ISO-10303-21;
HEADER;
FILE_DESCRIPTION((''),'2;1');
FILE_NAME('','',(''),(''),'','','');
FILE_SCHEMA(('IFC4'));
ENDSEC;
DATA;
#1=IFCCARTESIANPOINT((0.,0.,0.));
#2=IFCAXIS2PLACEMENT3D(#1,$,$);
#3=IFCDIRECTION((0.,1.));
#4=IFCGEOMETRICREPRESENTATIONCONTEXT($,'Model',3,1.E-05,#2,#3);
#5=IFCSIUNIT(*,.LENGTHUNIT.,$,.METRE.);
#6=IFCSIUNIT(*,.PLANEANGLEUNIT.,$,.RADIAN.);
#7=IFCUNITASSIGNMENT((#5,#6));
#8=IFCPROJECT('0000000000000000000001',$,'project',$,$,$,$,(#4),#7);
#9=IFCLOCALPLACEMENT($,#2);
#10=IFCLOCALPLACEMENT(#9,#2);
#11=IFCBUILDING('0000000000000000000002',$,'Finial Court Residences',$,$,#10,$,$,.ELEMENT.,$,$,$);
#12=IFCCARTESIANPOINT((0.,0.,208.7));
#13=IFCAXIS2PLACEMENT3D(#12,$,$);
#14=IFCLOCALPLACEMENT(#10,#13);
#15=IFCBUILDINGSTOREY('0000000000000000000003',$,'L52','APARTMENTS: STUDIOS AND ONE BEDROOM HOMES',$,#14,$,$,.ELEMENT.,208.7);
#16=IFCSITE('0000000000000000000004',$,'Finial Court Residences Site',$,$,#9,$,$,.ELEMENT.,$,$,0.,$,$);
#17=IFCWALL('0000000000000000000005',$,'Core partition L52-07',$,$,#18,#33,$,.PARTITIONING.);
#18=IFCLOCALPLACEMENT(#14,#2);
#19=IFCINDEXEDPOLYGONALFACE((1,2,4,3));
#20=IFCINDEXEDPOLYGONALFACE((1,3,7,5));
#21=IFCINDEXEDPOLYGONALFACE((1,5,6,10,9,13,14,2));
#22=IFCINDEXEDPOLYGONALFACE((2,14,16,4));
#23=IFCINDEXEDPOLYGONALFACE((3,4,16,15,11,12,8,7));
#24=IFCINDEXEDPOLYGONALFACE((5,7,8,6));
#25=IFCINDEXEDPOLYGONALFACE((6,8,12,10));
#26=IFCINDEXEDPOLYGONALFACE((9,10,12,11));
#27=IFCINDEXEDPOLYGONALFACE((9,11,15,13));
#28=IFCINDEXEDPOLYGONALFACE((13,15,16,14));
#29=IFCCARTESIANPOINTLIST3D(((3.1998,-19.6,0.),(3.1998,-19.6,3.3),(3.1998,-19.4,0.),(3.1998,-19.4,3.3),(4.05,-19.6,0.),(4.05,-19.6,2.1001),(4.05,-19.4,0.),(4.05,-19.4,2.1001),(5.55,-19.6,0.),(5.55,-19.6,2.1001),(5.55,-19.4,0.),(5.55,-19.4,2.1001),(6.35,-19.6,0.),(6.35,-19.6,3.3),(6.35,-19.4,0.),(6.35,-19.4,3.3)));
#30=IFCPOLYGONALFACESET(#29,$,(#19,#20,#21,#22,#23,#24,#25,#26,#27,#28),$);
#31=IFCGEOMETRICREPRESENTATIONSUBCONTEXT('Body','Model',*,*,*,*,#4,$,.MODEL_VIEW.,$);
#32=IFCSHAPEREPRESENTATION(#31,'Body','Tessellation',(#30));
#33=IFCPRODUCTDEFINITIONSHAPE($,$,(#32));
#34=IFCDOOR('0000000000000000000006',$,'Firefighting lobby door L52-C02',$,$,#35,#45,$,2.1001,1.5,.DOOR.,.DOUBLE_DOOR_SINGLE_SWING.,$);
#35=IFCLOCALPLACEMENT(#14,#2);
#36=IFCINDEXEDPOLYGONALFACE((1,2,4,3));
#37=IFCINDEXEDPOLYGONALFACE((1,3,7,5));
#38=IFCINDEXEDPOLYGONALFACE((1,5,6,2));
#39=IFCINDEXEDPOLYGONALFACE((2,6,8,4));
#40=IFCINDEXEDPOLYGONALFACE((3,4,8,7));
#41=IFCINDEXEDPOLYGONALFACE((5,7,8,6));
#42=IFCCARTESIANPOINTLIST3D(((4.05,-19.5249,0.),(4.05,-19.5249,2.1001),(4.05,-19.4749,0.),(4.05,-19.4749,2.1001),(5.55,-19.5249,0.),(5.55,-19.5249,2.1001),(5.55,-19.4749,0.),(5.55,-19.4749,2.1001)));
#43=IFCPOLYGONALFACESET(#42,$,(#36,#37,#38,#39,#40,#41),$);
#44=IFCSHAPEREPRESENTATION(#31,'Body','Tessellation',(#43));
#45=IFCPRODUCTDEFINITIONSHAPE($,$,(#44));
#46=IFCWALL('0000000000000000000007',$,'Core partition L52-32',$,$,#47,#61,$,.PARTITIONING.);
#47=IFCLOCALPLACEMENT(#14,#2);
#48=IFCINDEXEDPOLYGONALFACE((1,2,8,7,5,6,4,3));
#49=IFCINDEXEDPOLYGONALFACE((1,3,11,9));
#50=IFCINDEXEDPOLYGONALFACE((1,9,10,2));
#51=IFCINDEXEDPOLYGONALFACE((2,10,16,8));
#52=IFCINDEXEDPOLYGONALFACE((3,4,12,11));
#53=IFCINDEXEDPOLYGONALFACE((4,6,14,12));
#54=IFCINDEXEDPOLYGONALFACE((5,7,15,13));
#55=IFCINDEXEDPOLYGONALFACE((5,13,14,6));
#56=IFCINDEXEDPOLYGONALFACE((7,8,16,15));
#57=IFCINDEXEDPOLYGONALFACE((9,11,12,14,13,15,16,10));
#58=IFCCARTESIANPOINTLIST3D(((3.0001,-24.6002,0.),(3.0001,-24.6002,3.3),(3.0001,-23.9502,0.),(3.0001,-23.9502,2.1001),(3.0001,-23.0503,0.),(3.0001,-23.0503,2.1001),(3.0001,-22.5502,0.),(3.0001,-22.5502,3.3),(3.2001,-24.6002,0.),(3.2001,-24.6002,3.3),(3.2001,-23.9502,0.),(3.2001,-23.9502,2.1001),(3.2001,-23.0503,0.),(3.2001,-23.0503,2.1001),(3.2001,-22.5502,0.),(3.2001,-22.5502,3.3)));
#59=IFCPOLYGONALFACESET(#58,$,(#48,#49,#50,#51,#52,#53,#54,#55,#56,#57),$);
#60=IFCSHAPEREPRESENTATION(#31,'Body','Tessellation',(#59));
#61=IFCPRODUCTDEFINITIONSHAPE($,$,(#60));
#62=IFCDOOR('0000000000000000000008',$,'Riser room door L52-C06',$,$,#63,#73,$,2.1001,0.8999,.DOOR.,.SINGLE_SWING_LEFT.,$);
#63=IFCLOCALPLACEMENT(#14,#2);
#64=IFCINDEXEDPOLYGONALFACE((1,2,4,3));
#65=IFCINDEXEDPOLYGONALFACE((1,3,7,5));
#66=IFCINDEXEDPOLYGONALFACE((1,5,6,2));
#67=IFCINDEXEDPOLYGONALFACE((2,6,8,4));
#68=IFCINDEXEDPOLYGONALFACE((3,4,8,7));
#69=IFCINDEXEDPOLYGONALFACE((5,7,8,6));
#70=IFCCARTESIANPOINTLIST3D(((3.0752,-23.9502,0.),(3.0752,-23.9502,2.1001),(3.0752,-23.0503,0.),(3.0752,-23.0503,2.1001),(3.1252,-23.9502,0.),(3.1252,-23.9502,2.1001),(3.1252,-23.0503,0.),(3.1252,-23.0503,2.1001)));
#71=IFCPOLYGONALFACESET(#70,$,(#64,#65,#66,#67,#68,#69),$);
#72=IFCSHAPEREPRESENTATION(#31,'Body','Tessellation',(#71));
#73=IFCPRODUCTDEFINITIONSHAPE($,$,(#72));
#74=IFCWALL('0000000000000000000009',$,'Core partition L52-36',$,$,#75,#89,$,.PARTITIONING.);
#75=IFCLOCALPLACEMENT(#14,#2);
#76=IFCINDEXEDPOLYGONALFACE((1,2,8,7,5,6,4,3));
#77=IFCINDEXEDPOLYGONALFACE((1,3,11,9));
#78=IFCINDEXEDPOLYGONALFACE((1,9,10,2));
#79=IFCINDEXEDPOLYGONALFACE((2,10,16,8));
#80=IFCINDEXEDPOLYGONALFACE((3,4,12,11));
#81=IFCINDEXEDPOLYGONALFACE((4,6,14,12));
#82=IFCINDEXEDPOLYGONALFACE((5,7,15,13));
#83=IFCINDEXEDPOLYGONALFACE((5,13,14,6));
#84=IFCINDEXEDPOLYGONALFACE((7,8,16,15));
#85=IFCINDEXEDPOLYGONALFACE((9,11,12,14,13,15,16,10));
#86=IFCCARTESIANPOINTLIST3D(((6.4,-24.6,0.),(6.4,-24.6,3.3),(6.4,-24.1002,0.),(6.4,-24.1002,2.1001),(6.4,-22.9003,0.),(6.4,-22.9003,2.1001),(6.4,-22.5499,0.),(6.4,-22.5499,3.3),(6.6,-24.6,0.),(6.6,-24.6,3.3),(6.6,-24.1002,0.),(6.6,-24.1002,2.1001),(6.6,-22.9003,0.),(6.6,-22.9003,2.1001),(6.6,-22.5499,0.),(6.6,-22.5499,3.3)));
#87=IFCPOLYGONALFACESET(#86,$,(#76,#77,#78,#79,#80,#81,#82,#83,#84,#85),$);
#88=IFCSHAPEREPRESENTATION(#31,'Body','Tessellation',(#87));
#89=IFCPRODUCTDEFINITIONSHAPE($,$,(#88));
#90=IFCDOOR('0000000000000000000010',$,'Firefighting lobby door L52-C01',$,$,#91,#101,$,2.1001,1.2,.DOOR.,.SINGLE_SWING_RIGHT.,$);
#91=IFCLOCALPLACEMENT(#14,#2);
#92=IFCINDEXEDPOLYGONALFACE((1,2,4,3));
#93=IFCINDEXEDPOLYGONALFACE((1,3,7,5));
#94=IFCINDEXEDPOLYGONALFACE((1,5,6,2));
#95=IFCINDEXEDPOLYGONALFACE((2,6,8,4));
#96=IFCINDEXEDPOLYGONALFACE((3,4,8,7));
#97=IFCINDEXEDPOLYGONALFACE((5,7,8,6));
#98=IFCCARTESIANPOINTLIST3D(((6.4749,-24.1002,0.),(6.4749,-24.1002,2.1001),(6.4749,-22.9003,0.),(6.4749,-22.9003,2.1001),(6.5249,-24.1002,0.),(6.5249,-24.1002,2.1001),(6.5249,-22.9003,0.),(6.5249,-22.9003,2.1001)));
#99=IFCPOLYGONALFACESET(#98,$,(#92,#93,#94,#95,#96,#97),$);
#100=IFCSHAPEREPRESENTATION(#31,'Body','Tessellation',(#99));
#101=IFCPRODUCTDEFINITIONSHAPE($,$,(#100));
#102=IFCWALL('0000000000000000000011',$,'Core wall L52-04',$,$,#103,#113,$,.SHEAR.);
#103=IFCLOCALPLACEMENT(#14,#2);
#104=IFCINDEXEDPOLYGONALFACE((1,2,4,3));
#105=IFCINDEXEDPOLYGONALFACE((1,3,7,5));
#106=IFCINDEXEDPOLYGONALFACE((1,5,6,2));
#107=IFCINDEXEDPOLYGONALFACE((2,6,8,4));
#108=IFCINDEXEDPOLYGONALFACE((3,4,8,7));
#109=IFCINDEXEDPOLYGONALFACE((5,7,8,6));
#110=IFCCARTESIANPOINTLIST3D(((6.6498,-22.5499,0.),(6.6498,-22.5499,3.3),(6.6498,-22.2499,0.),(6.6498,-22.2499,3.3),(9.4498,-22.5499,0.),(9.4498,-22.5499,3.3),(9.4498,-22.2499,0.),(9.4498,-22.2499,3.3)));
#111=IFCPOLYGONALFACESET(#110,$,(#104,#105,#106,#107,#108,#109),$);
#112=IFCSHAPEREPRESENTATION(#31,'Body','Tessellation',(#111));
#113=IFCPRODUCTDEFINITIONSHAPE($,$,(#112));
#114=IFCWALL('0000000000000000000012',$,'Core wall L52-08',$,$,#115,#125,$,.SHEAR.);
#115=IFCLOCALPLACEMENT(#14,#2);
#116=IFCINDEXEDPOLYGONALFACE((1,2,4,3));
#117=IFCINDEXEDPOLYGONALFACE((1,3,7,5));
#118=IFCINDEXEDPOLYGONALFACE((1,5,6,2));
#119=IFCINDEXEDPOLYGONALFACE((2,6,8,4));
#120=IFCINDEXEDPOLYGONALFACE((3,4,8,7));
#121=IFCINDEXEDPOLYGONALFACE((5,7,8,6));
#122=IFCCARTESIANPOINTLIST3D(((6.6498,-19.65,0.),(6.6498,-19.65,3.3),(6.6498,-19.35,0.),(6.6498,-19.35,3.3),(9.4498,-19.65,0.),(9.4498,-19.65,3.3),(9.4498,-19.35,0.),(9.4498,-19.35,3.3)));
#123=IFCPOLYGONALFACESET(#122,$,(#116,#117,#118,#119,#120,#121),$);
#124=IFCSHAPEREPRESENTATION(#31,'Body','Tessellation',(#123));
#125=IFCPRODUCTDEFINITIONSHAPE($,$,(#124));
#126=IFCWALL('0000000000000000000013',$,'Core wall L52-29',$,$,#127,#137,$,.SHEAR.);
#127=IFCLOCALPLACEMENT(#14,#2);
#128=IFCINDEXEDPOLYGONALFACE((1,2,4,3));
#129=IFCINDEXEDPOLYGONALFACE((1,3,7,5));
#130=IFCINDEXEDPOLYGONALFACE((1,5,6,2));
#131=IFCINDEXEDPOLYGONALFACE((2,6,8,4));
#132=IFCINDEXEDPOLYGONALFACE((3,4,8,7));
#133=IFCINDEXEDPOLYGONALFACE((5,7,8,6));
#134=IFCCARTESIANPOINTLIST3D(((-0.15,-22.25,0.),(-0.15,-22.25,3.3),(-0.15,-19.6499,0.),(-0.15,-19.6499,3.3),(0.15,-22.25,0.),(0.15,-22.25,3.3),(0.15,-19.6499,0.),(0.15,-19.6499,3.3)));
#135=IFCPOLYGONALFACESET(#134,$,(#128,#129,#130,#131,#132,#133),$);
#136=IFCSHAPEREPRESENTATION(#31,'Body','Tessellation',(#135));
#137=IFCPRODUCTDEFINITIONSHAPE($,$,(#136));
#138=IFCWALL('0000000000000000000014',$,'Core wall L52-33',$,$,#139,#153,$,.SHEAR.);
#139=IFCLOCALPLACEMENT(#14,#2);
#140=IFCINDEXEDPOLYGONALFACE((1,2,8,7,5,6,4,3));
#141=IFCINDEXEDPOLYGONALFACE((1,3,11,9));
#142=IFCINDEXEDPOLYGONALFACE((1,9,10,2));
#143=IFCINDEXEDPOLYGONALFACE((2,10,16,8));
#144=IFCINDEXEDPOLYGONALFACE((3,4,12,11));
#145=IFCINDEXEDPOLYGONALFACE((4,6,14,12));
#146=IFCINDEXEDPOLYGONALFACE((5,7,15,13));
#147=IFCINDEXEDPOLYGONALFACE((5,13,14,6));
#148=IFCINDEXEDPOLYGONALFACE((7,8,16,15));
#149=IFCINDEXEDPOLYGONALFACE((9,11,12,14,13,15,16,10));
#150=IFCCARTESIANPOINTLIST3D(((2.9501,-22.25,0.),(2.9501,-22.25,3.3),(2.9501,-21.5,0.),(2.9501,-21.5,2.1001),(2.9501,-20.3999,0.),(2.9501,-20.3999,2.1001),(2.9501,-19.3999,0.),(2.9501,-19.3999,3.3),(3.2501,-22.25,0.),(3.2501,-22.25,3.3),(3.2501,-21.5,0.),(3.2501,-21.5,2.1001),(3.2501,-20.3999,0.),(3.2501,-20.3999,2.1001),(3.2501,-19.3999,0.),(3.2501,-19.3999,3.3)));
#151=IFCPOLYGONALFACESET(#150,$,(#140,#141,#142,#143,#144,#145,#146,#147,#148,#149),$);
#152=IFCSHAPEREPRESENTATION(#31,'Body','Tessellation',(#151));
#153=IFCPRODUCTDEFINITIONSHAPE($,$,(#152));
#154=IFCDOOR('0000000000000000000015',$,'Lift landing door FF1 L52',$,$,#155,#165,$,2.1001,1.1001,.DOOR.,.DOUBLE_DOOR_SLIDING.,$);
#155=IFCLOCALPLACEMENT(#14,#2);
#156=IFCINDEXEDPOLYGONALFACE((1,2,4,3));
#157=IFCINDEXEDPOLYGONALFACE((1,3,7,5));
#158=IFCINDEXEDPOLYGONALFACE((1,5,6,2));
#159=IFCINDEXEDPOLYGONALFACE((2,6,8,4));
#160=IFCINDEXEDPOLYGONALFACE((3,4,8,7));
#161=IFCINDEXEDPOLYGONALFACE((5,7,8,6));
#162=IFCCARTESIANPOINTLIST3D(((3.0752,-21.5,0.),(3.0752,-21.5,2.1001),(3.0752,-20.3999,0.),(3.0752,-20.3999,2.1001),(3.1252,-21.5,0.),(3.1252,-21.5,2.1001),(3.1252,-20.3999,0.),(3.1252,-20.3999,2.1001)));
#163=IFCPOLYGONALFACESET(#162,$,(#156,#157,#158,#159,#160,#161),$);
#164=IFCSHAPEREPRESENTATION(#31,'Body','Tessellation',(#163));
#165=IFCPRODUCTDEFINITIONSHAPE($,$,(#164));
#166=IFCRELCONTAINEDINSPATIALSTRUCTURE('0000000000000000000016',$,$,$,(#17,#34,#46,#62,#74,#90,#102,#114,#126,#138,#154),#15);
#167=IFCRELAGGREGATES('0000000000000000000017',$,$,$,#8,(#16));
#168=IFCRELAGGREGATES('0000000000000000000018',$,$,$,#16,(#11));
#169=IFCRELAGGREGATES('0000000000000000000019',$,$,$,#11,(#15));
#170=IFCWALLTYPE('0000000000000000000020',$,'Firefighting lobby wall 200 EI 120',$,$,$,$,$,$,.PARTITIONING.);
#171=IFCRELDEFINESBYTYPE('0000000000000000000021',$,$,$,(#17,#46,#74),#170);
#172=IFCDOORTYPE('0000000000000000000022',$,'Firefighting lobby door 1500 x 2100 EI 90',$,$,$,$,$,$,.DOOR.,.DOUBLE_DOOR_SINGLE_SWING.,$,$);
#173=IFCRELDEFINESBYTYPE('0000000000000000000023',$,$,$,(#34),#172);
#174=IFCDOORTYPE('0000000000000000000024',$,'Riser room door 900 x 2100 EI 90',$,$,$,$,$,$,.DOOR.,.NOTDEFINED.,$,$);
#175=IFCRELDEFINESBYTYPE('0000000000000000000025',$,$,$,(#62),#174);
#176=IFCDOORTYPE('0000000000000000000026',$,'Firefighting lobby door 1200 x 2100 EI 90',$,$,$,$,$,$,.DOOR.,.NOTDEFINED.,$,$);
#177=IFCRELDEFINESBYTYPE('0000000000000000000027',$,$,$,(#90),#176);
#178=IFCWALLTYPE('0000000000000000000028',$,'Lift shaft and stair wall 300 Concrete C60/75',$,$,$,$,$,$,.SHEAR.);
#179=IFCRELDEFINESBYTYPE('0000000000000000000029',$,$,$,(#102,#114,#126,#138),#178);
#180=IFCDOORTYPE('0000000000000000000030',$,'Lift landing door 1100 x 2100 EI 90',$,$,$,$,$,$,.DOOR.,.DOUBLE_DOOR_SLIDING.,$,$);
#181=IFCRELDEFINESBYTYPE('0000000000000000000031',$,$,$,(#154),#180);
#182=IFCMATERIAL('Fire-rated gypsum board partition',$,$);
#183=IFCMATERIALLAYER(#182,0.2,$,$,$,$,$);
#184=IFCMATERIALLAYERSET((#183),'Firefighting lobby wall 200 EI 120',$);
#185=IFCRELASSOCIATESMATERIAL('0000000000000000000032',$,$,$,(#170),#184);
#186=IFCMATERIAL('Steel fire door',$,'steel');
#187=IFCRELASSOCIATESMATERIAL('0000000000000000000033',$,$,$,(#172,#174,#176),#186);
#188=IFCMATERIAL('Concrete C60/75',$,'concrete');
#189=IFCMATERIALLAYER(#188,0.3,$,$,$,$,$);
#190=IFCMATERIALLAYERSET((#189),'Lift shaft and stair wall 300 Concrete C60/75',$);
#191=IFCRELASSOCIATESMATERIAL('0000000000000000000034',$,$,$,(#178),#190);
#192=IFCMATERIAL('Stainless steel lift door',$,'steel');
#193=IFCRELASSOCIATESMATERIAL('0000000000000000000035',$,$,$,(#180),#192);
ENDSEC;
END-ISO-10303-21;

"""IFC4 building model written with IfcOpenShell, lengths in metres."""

from ifc_helpers import new_model, si_unit, direction, frame, frame_2d, origin, place, context, subcontext, project, spatial, rectangle, extrude, material, layer, layer_set, type_object, element, fill, save


model = new_model("IFC4")

# Units and contexts
model_context = context("Model", 3, precision=1e-05, world=origin(), true_north=direction((0.0, 1.0)))
body_context = subcontext(model_context, "Body", "Model", "MODEL_VIEW")
ifc_project = project(units=[si_unit("LENGTHUNIT", "METRE"), si_unit("PLANEANGLEUNIT", "RADIAN")], contexts=[model_context])

# Site, building, storey
site_placement = place(None, origin())
site = spatial("IfcSite", under=ifc_project, at=site_placement, Name="Finial Court Residences Site", CompositionType="ELEMENT", RefElevation=0.0)
building_placement = place(site_placement, origin())
building = spatial("IfcBuilding", under=site, at=building_placement, Name="Finial Court Residences", CompositionType="ELEMENT")
storey_placement = place(building_placement, frame((0.0, 0.0, 208.7)))
storey = spatial("IfcBuildingStorey", under=building, at=storey_placement, Name="L52", Description="APARTMENTS: STUDIOS AND ONE BEDROOM HOMES", CompositionType="ELEMENT", Elevation=208.7)

# Walls, openings, doors
ifc_material_1 = material(Name="Fire-rated gypsum board partition")
ifc_layer_1 = layer(ifc_material_1, 0.2)
ifc_layer_set_1 = layer_set([ifc_layer_1], Name="Firefighting lobby wall 200 EI 120")
wall_type_1 = type_object("IfcWallType", Name="Firefighting lobby wall 200 EI 120", PredefinedType="PARTITIONING", material=ifc_layer_set_1)
wall_1_placement = place(storey_placement, frame((6.3501, -19.5, 0.0), z_axis=(0.0, 0.0, 1.0), x_axis=(-1.0, 0.0, 0.0)))
wall_1 = element("IfcWall", 1, at=wall_1_placement, inside=storey, type_object=wall_type_1, Name="Core partition L52-07", PredefinedType="PARTITIONING", context=body_context, shape_type="SweptSolid", body=[
    extrude(rectangle(XDim=3.1501, YDim=0.2, at=frame_2d((1.5752, 0.0))), origin(), (0.0, 0.0, 1.0), 3.3),
])
opening_1_placement = place(wall_1_placement, frame((0.8, 0.0, 0.0)))
opening_1 = element("IfcOpeningElement", 2, at=opening_1_placement, cuts=wall_1, PredefinedType="OPENING", context=body_context, shape_type="SweptSolid", body=[
    extrude(rectangle(XDim=1.5, YDim=2.1001, at=frame_2d((0.75, 1.05))), frame((0.0, 0.1099, 0.0), z_axis=(0.0, -1.0, 0.0), x_axis=(1.0, 0.0, 0.0)), (0.0, 0.0, 1.0), 0.22),
])
ifc_material_2 = material(Name="Steel fire door", Category="steel")
door_type_1 = type_object("IfcDoorType", Name="Firefighting lobby door 1500 x 2100 EI 90", OperationType="DOUBLE_DOOR_SINGLE_SWING", PredefinedType="DOOR", material=ifc_material_2)
door_1_placement = place(opening_1_placement, origin())
door_1 = element("IfcDoor", 3, at=door_1_placement, inside=storey, type_object=door_type_1, Name="Firefighting lobby door L52-C02", OperationType="DOUBLE_DOOR_SINGLE_SWING", OverallHeight=2.1001, OverallWidth=1.5, PredefinedType="DOOR", context=body_context, shape_type="SweptSolid", body=[
    extrude(rectangle(XDim=1.5, YDim=2.1001, at=frame_2d((0.75, 1.05))), frame((0.0, 0.0249, 0.0), z_axis=(0.0, -1.0, 0.0), x_axis=(1.0, 0.0, 0.0)), (0.0, 0.0, 1.0), 0.05),
])
fill(opening_1, door_1)
wall_2_placement = place(storey_placement, frame((3.1001, -24.6001, 0.0), z_axis=(0.0, 0.0, 1.0), x_axis=(0.0, 1.0, 0.0)))
wall_2 = element("IfcWall", 4, at=wall_2_placement, inside=storey, type_object=wall_type_1, Name="Core partition L52-32", PredefinedType="PARTITIONING", context=body_context, shape_type="SweptSolid", body=[
    extrude(rectangle(XDim=2.05, YDim=0.2, at=frame_2d((1.0249, 0.0))), origin(), (0.0, 0.0, 1.0), 3.3),
])
opening_2_placement = place(wall_2_placement, frame((0.6499, 0.0, 0.0)))
opening_2 = element("IfcOpeningElement", 5, at=opening_2_placement, cuts=wall_2, PredefinedType="OPENING", context=body_context, shape_type="SweptSolid", body=[
    extrude(rectangle(XDim=0.8999, YDim=2.1001, at=frame_2d((0.45, 1.05))), frame((0.0, 0.1099, 0.0), z_axis=(0.0, -1.0, 0.0), x_axis=(1.0, 0.0, 0.0)), (0.0, 0.0, 1.0), 0.22),
])
door_type_2 = type_object("IfcDoorType", Name="Riser room door 900 x 2100 EI 90", OperationType="NOTDEFINED", PredefinedType="DOOR", material=ifc_material_2)
door_2_placement = place(opening_2_placement, origin())
door_2 = element("IfcDoor", 6, at=door_2_placement, inside=storey, type_object=door_type_2, Name="Riser room door L52-C06", OperationType="SINGLE_SWING_LEFT", OverallHeight=2.1001, OverallWidth=0.8999, PredefinedType="DOOR", context=body_context, shape_type="SweptSolid", body=[
    extrude(rectangle(XDim=0.8999, YDim=2.1001, at=frame_2d((0.45, 1.05))), frame((0.0, 0.0249, 0.0), z_axis=(0.0, -1.0, 0.0), x_axis=(1.0, 0.0, 0.0)), (0.0, 0.0, 1.0), 0.05),
])
fill(opening_2, door_2)
wall_3_placement = place(storey_placement, frame((6.5, -22.55, 0.0), z_axis=(0.0, 0.0, 1.0), x_axis=(0.0, -1.0, 0.0)))
wall_3 = element("IfcWall", 7, at=wall_3_placement, inside=storey, type_object=wall_type_1, Name="Core partition L52-36", PredefinedType="PARTITIONING", context=body_context, shape_type="SweptSolid", body=[
    extrude(rectangle(XDim=2.05, YDim=0.2, at=frame_2d((1.0249, 0.0))), origin(), (0.0, 0.0, 1.0), 3.3),
])
opening_3_placement = place(wall_3_placement, frame((0.3501, 0.0, 0.0)))
opening_3 = element("IfcOpeningElement", 8, at=opening_3_placement, cuts=wall_3, PredefinedType="OPENING", context=body_context, shape_type="SweptSolid", body=[
    extrude(rectangle(XDim=1.2, YDim=2.1001, at=frame_2d((0.6001, 1.05))), frame((0.0, 0.1099, 0.0), z_axis=(0.0, -1.0, 0.0), x_axis=(1.0, 0.0, 0.0)), (0.0, 0.0, 1.0), 0.22),
])
door_type_3 = type_object("IfcDoorType", Name="Firefighting lobby door 1200 x 2100 EI 90", OperationType="NOTDEFINED", PredefinedType="DOOR", material=ifc_material_2)
door_3_placement = place(opening_3_placement, origin())
door_3 = element("IfcDoor", 9, at=door_3_placement, inside=storey, type_object=door_type_3, Name="Firefighting lobby door L52-C01", OperationType="SINGLE_SWING_RIGHT", OverallHeight=2.1001, OverallWidth=1.2, PredefinedType="DOOR", context=body_context, shape_type="SweptSolid", body=[
    extrude(rectangle(XDim=1.2, YDim=2.1001, at=frame_2d((0.6001, 1.05))), frame((0.0, 0.0249, 0.0), z_axis=(0.0, -1.0, 0.0), x_axis=(1.0, 0.0, 0.0)), (0.0, 0.0, 1.0), 0.05),
])
fill(opening_3, door_3)

# Walls
ifc_material_3 = material(Name="Concrete C60/75", Category="concrete")
ifc_layer_2 = layer(ifc_material_3, 0.3)
ifc_layer_set_2 = layer_set([ifc_layer_2], Name="Lift shaft and stair wall 300 Concrete C60/75")
wall_type_2 = type_object("IfcWallType", Name="Lift shaft and stair wall 300 Concrete C60/75", PredefinedType="SHEAR", material=ifc_layer_set_2)
for number, where, z_axis, x_axis, name in (
    (10, (6.6499, -22.3999, 0.0), (0.0, 0.0, 1.0), (1.0, 0.0, 0.0), "Core wall L52-04"),
    (11, (6.6499, -19.5, 0.0), (0.0, 0.0, 1.0), (1.0, 0.0, 0.0), "Core wall L52-08"),
):
    element("IfcWall", number, at=place(storey_placement, frame(where, z_axis=z_axis, x_axis=x_axis)), inside=storey, type_object=wall_type_2, Name=name, PredefinedType="SHEAR", context=body_context, shape_type="SweptSolid", body=[
        extrude(rectangle(XDim=2.8, YDim=0.3, at=frame_2d((1.3999, 0.0))), origin(), (0.0, 0.0, 1.0), 3.3),
    ])
wall_4_placement = place(storey_placement, frame((0.0, -22.25, 0.0), z_axis=(0.0, 0.0, 1.0), x_axis=(0.0, 1.0, 0.0)))
element("IfcWall", 12, at=wall_4_placement, inside=storey, type_object=wall_type_2, Name="Core wall L52-29", PredefinedType="SHEAR", context=body_context, shape_type="SweptSolid", body=[
    extrude(rectangle(XDim=2.6001, YDim=0.3, at=frame_2d((1.3, 0.0))), origin(), (0.0, 0.0, 1.0), 3.3),
])

# Wall, opening, door
wall_5_placement = place(storey_placement, frame((3.1001, -22.25, 0.0), z_axis=(0.0, 0.0, 1.0), x_axis=(0.0, 1.0, 0.0)))
wall_5 = element("IfcWall", 13, at=wall_5_placement, inside=storey, type_object=wall_type_2, Name="Core wall L52-33", PredefinedType="SHEAR", context=body_context, shape_type="SweptSolid", body=[
    extrude(rectangle(XDim=2.8501, YDim=0.3, at=frame_2d((1.425, 0.0))), origin(), (0.0, 0.0, 1.0), 3.3),
])
opening_4_placement = place(wall_5_placement, frame((0.75, 0.0, 0.0)))
opening_4 = element("IfcOpeningElement", 14, at=opening_4_placement, cuts=wall_5, PredefinedType="OPENING", context=body_context, shape_type="SweptSolid", body=[
    extrude(rectangle(XDim=1.1001, YDim=2.1001, at=frame_2d((0.55, 1.05))), frame((0.0, 0.1599, 0.0), z_axis=(0.0, -1.0, 0.0), x_axis=(1.0, 0.0, 0.0)), (0.0, 0.0, 1.0), 0.3201),
])
ifc_material_4 = material(Name="Stainless steel lift door", Category="steel")
door_type_4 = type_object("IfcDoorType", Name="Lift landing door 1100 x 2100 EI 90", OperationType="DOUBLE_DOOR_SLIDING", PredefinedType="DOOR", material=ifc_material_4)
door_4_placement = place(opening_4_placement, origin())
door_4 = element("IfcDoor", 15, at=door_4_placement, inside=storey, type_object=door_type_4, Name="Lift landing door FF1 L52", OperationType="DOUBLE_DOOR_SLIDING", OverallHeight=2.1001, OverallWidth=1.1001, PredefinedType="DOOR", context=body_context, shape_type="SweptSolid", body=[
    extrude(rectangle(XDim=1.1001, YDim=2.1001, at=frame_2d((0.55, 1.05))), frame((0.0, 0.0249, 0.0), z_axis=(0.0, -1.0, 0.0), x_axis=(1.0, 0.0, 0.0)), (0.0, 0.0, 1.0), 0.05),
])
fill(opening_4, door_4)

save(model, "model.ifc")
